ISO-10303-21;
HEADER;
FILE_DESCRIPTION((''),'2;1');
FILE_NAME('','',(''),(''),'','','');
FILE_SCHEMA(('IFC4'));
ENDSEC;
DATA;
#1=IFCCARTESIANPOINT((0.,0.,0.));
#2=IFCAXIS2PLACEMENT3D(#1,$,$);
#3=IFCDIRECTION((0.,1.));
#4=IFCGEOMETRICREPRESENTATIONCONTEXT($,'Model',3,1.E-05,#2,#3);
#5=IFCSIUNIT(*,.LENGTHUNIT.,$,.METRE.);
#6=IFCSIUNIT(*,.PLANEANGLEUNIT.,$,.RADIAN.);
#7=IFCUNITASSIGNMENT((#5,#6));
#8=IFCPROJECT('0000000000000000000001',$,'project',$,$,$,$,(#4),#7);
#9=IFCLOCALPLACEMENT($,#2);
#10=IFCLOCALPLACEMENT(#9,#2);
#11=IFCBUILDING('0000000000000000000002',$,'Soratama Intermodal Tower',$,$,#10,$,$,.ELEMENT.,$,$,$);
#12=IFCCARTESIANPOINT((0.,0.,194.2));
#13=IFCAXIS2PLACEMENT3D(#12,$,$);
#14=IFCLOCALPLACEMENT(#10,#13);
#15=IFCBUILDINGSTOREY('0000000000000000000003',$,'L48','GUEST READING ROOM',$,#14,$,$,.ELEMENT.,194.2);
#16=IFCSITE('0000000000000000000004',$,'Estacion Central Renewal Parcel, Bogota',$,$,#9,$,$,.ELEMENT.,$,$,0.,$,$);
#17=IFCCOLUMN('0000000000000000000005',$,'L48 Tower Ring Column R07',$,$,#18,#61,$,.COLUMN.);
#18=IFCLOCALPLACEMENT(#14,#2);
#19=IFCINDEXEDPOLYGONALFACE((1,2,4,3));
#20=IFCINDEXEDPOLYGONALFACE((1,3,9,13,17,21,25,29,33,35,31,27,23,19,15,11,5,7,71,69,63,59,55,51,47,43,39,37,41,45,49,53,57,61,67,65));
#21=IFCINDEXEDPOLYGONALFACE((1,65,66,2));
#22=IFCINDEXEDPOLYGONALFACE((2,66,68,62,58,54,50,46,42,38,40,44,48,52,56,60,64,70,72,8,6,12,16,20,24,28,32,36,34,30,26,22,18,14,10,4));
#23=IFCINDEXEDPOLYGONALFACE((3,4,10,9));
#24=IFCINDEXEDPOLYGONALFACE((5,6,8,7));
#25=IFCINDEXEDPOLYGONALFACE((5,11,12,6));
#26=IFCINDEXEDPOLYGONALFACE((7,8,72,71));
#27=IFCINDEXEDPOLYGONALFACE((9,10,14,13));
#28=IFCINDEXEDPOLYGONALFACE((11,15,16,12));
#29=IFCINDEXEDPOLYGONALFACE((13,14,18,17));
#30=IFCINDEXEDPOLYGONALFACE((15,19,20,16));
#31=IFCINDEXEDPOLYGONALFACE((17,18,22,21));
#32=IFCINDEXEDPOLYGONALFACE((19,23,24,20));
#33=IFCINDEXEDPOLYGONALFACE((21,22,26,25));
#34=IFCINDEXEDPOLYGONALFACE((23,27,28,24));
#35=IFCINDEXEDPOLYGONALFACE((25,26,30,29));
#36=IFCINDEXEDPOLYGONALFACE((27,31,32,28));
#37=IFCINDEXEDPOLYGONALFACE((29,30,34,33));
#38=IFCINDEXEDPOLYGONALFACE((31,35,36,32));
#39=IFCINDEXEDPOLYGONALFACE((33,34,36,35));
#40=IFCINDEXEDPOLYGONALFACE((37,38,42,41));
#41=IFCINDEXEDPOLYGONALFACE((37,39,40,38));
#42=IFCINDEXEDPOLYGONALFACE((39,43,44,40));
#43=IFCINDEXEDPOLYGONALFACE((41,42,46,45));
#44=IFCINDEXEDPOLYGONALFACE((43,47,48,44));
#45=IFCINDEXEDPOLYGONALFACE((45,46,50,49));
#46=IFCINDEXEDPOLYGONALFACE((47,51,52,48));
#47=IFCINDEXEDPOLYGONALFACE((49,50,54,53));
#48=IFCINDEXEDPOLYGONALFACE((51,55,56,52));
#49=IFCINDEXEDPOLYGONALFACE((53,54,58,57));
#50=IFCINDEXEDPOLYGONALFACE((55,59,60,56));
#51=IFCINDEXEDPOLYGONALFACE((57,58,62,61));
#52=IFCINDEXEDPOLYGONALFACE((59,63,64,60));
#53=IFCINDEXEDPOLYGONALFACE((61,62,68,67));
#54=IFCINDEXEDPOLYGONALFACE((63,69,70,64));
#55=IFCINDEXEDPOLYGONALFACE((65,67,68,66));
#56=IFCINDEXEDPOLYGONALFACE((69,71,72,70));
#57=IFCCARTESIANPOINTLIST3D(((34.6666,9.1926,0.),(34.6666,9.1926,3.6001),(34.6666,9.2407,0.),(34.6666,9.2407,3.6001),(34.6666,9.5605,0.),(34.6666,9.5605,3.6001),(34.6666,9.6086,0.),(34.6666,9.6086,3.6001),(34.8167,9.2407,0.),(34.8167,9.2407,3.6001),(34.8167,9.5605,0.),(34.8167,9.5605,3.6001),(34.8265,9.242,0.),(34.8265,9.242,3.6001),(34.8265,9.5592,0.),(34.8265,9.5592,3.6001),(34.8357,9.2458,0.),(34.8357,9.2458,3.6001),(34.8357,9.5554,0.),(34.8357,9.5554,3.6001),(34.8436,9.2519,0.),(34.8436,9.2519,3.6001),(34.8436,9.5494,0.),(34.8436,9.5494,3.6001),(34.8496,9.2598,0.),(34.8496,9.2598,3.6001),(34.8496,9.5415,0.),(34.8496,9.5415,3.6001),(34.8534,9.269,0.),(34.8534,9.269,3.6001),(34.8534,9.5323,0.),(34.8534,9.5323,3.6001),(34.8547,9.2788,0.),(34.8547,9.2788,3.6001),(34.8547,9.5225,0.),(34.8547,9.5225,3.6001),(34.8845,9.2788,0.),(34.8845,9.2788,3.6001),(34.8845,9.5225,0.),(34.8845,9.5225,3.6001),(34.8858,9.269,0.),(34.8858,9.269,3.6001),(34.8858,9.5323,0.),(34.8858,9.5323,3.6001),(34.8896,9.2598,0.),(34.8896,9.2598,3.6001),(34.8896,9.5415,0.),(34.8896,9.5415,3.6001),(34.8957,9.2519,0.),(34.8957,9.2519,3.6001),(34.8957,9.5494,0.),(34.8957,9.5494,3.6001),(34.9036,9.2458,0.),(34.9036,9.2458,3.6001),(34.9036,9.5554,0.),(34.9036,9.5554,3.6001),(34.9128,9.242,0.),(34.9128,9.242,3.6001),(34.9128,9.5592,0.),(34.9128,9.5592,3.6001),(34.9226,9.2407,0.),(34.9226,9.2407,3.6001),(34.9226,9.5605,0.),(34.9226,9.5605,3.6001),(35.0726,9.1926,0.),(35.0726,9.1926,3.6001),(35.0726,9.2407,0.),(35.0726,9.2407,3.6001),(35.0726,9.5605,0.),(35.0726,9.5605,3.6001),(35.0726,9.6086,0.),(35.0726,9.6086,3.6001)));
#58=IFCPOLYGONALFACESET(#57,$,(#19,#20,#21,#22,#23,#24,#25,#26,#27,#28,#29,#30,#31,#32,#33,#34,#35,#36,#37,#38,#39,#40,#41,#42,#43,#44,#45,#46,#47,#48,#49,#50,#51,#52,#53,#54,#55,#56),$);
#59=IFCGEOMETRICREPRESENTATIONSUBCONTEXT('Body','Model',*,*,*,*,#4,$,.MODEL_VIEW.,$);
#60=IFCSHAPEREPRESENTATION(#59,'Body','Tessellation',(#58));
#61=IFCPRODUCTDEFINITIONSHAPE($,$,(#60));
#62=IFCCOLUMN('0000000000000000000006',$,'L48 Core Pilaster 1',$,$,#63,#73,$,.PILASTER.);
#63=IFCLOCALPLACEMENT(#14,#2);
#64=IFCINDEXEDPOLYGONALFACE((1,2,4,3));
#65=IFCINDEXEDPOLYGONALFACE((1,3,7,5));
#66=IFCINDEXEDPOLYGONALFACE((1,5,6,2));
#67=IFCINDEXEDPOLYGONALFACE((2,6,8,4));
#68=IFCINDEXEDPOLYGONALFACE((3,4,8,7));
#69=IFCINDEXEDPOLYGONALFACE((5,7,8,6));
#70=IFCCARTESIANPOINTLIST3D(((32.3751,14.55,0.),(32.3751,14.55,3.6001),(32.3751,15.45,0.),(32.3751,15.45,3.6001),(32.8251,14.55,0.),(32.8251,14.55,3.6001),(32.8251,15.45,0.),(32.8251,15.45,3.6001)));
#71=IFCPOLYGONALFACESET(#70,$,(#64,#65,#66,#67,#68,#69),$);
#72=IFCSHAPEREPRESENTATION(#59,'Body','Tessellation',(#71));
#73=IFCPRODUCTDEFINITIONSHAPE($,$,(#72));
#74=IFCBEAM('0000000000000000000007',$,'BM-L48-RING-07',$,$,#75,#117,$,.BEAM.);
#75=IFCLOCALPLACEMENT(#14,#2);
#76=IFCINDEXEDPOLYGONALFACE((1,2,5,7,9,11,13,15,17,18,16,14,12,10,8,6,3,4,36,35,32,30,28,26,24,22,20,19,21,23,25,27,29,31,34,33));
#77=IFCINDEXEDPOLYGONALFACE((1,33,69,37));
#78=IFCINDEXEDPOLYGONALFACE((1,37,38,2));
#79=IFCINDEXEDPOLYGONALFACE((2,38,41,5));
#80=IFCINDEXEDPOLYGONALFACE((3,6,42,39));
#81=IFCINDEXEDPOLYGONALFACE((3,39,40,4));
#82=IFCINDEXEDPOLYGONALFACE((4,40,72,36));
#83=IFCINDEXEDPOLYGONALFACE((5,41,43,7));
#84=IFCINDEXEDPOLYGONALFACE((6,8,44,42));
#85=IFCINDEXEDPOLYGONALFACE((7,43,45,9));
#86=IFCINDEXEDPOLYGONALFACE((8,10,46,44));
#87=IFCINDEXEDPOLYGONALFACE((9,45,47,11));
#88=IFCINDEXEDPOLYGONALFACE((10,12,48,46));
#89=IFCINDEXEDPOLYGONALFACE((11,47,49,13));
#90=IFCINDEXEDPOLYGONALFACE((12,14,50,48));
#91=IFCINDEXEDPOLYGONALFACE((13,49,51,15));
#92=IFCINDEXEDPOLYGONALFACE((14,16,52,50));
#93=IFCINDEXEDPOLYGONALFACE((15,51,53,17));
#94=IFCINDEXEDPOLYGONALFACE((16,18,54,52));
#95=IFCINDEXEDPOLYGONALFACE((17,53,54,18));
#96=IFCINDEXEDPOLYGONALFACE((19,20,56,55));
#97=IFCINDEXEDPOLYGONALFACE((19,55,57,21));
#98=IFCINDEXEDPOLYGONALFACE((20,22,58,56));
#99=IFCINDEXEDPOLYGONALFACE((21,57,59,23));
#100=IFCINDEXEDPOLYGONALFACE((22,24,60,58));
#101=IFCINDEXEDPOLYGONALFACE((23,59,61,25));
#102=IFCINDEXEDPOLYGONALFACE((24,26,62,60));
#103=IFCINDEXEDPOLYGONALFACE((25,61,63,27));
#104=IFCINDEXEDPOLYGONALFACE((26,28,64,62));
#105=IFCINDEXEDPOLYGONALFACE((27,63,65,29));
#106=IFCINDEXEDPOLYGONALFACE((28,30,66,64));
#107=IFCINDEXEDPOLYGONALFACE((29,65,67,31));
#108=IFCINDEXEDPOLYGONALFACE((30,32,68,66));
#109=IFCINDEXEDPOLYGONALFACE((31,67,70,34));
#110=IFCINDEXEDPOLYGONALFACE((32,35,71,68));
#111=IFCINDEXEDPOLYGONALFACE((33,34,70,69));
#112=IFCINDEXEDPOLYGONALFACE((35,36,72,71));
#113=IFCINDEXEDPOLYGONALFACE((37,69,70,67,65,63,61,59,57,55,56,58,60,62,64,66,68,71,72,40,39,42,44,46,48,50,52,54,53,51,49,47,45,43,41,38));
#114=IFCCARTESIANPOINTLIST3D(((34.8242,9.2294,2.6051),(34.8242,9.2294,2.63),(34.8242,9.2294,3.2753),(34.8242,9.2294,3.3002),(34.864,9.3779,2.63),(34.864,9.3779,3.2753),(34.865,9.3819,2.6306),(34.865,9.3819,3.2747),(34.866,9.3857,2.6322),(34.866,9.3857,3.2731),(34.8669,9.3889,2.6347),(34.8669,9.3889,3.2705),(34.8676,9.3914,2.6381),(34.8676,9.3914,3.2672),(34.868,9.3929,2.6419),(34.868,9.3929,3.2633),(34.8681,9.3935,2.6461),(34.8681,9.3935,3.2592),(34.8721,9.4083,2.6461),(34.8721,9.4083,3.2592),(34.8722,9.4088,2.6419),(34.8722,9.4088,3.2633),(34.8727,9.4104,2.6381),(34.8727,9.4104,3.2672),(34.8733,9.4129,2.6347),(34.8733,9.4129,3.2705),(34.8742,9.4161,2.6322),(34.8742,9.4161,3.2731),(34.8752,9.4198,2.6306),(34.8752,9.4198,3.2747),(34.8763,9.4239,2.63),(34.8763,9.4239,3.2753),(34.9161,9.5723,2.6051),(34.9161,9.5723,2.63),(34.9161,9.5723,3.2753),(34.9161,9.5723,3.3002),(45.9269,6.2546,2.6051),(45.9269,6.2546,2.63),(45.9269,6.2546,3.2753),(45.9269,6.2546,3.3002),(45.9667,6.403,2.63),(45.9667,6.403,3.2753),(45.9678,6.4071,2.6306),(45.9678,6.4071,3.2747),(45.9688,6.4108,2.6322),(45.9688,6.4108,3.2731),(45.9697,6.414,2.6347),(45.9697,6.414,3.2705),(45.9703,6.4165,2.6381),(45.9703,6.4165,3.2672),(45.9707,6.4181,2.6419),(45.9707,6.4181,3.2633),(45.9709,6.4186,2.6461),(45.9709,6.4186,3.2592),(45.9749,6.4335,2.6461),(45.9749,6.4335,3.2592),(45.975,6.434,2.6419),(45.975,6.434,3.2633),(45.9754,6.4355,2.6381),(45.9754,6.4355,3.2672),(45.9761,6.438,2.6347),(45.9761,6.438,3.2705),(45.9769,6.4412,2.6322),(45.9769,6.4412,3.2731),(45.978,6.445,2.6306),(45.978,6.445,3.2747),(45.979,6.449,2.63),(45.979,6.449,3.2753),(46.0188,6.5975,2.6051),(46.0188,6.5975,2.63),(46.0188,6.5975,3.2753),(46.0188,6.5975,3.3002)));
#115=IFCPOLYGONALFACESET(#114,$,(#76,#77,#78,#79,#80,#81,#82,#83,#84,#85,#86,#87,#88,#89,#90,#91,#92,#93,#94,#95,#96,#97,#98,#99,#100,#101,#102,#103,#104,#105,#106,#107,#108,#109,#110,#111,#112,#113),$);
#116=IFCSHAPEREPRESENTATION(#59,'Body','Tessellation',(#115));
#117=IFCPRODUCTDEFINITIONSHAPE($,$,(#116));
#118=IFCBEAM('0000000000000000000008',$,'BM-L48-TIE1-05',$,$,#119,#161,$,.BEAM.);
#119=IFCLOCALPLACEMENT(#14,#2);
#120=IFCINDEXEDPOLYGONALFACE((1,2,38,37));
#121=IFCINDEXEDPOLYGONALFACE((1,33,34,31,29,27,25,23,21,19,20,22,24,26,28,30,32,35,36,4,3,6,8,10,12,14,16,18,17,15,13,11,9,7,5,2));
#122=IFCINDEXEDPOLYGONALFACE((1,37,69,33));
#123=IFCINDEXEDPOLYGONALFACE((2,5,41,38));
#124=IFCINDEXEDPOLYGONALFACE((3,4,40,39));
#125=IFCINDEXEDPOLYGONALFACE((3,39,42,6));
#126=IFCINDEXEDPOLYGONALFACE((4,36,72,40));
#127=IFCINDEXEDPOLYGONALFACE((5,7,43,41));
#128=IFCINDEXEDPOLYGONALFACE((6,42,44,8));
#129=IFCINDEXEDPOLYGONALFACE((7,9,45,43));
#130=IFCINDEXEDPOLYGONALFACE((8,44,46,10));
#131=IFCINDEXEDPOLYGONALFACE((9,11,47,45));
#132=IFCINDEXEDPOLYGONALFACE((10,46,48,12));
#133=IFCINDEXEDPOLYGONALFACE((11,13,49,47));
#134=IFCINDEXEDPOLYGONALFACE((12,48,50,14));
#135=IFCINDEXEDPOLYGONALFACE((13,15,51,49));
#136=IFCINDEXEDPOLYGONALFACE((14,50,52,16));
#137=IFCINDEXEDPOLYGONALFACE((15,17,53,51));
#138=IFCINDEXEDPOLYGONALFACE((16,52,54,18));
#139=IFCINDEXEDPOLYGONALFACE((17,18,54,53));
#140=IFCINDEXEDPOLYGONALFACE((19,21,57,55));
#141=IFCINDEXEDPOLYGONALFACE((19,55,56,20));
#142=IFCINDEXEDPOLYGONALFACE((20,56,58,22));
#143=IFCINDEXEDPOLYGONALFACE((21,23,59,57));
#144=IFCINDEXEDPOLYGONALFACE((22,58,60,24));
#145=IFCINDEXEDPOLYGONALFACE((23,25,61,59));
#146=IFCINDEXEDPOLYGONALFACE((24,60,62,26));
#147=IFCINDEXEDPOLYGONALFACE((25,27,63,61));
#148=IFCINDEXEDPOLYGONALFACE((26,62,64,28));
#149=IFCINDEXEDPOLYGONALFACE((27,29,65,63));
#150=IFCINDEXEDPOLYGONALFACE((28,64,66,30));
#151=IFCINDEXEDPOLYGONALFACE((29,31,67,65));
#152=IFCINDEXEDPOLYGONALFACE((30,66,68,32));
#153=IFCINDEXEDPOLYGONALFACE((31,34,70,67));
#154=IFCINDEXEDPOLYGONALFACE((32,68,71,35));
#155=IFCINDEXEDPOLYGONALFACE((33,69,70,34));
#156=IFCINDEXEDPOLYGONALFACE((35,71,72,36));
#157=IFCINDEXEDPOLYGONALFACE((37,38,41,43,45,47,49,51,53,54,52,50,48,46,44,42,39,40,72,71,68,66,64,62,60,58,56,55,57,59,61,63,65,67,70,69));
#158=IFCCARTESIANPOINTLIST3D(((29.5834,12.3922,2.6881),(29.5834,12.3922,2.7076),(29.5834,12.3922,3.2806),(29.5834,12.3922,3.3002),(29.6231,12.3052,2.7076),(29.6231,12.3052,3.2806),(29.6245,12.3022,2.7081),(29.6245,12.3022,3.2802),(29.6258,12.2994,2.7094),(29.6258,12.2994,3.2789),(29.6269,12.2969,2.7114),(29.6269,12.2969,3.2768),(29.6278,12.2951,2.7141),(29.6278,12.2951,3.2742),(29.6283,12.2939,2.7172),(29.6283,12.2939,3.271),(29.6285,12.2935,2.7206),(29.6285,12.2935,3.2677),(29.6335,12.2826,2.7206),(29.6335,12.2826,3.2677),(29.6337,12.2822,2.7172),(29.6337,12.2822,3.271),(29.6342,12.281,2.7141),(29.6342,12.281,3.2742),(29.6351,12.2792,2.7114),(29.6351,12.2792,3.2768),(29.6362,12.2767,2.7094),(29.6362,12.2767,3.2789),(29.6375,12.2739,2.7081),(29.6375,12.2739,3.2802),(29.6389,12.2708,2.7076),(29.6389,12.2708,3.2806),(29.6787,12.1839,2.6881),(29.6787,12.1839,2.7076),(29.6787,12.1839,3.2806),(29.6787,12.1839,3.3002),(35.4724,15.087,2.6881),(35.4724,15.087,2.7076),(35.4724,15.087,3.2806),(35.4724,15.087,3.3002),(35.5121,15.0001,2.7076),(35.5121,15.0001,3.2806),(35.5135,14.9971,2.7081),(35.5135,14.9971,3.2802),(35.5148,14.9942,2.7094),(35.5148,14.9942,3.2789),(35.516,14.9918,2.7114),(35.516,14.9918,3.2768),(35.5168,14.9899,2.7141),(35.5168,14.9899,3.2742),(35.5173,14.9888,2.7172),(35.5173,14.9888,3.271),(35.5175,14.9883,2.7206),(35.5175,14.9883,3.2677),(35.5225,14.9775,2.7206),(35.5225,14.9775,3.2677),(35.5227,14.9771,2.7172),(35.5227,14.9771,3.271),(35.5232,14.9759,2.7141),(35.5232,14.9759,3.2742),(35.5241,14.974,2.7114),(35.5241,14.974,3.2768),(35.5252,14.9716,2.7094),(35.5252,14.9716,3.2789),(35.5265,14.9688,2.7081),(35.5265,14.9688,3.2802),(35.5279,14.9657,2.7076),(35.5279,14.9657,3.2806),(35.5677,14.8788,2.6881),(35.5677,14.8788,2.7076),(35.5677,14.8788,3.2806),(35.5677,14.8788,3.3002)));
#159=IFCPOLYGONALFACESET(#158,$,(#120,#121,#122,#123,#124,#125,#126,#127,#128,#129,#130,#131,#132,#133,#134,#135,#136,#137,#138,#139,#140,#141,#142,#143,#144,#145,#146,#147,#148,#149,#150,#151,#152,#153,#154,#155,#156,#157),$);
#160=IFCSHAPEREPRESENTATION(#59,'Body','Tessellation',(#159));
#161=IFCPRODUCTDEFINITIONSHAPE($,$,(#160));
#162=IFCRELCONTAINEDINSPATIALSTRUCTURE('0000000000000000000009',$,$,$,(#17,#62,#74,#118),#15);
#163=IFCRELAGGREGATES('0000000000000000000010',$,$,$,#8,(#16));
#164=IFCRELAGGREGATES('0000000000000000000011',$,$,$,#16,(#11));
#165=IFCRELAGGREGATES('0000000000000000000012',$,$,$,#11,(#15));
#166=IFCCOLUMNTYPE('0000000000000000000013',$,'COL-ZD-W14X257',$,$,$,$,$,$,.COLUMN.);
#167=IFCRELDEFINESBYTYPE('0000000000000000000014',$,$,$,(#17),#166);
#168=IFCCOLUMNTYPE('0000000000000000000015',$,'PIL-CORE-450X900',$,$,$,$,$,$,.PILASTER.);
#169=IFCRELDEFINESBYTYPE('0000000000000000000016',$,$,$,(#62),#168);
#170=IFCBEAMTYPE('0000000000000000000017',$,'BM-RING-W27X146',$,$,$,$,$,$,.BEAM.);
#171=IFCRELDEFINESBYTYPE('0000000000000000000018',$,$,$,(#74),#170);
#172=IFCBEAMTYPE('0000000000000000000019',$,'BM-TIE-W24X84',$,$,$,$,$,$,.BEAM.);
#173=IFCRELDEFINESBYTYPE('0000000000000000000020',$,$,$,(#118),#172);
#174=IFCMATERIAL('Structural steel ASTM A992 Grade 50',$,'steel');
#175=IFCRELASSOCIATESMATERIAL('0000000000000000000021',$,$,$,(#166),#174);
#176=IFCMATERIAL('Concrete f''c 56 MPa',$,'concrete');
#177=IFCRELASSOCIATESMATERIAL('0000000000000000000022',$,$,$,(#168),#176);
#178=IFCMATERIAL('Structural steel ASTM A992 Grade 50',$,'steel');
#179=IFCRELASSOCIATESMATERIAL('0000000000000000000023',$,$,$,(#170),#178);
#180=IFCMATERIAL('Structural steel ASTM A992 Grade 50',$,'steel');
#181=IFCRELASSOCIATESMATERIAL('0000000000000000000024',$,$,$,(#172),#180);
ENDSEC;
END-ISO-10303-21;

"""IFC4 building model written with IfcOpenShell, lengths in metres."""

from ifc_helpers import new_model, si_unit, direction, frame, origin, origin_2d, place, context, subcontext, project, spatial, rectangle, i_section, extrude, material, material_profile, profile_set, type_object, element, save


model = new_model("IFC4")

# Units and contexts
model_context = context("Model", 3, precision=1e-05, world=origin(), true_north=direction((0.0, 1.0)))
body_context = subcontext(model_context, "Body", "Model", "MODEL_VIEW")
ifc_project = project(units=[si_unit("LENGTHUNIT", "METRE"), si_unit("PLANEANGLEUNIT", "RADIAN")], contexts=[model_context])

# Site, building, storey
site_placement = place(None, origin())
site = spatial("IfcSite", under=ifc_project, at=site_placement, Name="Estacion Central Renewal Parcel, Bogota", CompositionType="ELEMENT", RefElevation=0.0)
building_placement = place(site_placement, origin())
building = spatial("IfcBuilding", under=site, at=building_placement, Name="Soratama Intermodal Tower", CompositionType="ELEMENT")
storey_placement = place(building_placement, frame((0.0, 0.0, 194.2)))
storey = spatial("IfcBuildingStorey", under=building, at=storey_placement, Name="L48", Description="GUEST READING ROOM", CompositionType="ELEMENT", Elevation=194.2)

# Columns
ifc_material_1 = material(Name="Structural steel ASTM A992 Grade 50", Category="steel")
ifc_material_profile_1 = material_profile(ifc_material_1, i_section(OverallWidth=0.406, OverallDepth=0.416, WebThickness=0.0298, FlangeThickness=0.0481, FilletRadius=0.0381, at=origin_2d()), Name="W14X257")
ifc_profile_set_1 = profile_set([ifc_material_profile_1], Name="Structural steel ASTM A992 Grade 50")
column_type_1 = type_object("IfcColumnType", Name="COL-ZD-W14X257", PredefinedType="COLUMN", material=ifc_profile_set_1)
column_1_placement = place(storey_placement, frame((34.8696, 9.4006, 0.0), z_axis=(0.0, 0.0, 1.0), x_axis=(1.0, 0.0, 0.0)))
element("IfcColumn", 1, at=column_1_placement, inside=storey, type_object=column_type_1, Name="L48 Tower Ring Column R07", PredefinedType="COLUMN", context=body_context, shape_type="SweptSolid", body=[
    extrude(i_section(OverallWidth=0.406, OverallDepth=0.416, WebThickness=0.0298, FlangeThickness=0.0481, FilletRadius=0.0381, at=origin_2d()), origin(), (0.0, 0.0, 1.0), 3.6001),
])
ifc_material_2 = material(Name="Concrete f'c 56 MPa", Category="concrete")
ifc_material_profile_2 = material_profile(ifc_material_2, rectangle(XDim=0.45, YDim=0.8999, at=origin_2d()), Name="RC450X900")
ifc_profile_set_2 = profile_set([ifc_material_profile_2], Name="Concrete f'c 56 MPa")
column_type_2 = type_object("IfcColumnType", Name="PIL-CORE-450X900", PredefinedType="PILASTER", material=ifc_profile_set_2)
column_2_placement = place(storey_placement, frame((32.6001, 15.0, 0.0), z_axis=(0.0, 0.0, 1.0), x_axis=(1.0, 0.0, 0.0)))
element("IfcColumn", 2, at=column_2_placement, inside=storey, type_object=column_type_2, Name="L48 Core Pilaster 1", PredefinedType="PILASTER", context=body_context, shape_type="SweptSolid", body=[
    extrude(rectangle(XDim=0.45, YDim=0.8999, at=origin_2d()), origin(), (0.0, 0.0, 1.0), 3.6001),
])

# Beams
ifc_material_3 = material(Name="Structural steel ASTM A992 Grade 50", Category="steel")
ifc_material_profile_3 = material_profile(ifc_material_3, i_section(OverallWidth=0.355, OverallDepth=0.6951, WebThickness=0.0154, FlangeThickness=0.0249, FilletRadius=0.0161, at=origin_2d()), Name="W27X146")
ifc_profile_set_3 = profile_set([ifc_material_profile_3], Name="Structural steel ASTM A992 Grade 50")
beam_type_1 = type_object("IfcBeamType", Name="BM-RING-W27X146", PredefinedType="BEAM", material=ifc_profile_set_3)
beam_1_placement = place(storey_placement, frame((34.8701, 9.4009, 2.9526), z_axis=(0.965929, -0.258809, 0.0), x_axis=(0.258809, 0.965929, 0.0)))
element("IfcBeam", 3, at=beam_1_placement, inside=storey, type_object=beam_type_1, Name="BM-L48-RING-07", PredefinedType="BEAM", context=body_context, shape_type="SweptSolid", body=[
    extrude(i_section(OverallWidth=0.355, OverallDepth=0.6951, WebThickness=0.0154, FlangeThickness=0.0249, FilletRadius=0.0161, at=origin_2d()), origin(), (0.0, 0.0, 1.0), 11.4944),
])
ifc_material_4 = material(Name="Structural steel ASTM A992 Grade 50", Category="steel")
ifc_material_profile_4 = material_profile(ifc_material_4, i_section(OverallWidth=0.229, OverallDepth=0.6121, WebThickness=0.012, FlangeThickness=0.0195, FilletRadius=0.0129, at=origin_2d()), Name="W24X84")
ifc_profile_set_4 = profile_set([ifc_material_profile_4], Name="Structural steel ASTM A992 Grade 50")
beam_type_2 = type_object("IfcBeamType", Name="BM-TIE-W24X84", PredefinedType="BEAM", material=ifc_profile_set_4)
beam_2_placement = place(storey_placement, frame((35.52, 14.9829, 2.9941), z_axis=(-0.909314, -0.416111, 0.0), x_axis=(0.416111, -0.909314, 0.0)))
element("IfcBeam", 4, at=beam_2_placement, inside=storey, type_object=beam_type_2, Name="BM-L48-TIE1-05", PredefinedType="BEAM", context=body_context, shape_type="SweptSolid", body=[
    extrude(i_section(OverallWidth=0.229, OverallDepth=0.6121, WebThickness=0.012, FlangeThickness=0.0195, FilletRadius=0.0129, at=origin_2d()), origin(), (0.0, 0.0, 1.0), 6.4763),
])

save(model, "model.ifc")
